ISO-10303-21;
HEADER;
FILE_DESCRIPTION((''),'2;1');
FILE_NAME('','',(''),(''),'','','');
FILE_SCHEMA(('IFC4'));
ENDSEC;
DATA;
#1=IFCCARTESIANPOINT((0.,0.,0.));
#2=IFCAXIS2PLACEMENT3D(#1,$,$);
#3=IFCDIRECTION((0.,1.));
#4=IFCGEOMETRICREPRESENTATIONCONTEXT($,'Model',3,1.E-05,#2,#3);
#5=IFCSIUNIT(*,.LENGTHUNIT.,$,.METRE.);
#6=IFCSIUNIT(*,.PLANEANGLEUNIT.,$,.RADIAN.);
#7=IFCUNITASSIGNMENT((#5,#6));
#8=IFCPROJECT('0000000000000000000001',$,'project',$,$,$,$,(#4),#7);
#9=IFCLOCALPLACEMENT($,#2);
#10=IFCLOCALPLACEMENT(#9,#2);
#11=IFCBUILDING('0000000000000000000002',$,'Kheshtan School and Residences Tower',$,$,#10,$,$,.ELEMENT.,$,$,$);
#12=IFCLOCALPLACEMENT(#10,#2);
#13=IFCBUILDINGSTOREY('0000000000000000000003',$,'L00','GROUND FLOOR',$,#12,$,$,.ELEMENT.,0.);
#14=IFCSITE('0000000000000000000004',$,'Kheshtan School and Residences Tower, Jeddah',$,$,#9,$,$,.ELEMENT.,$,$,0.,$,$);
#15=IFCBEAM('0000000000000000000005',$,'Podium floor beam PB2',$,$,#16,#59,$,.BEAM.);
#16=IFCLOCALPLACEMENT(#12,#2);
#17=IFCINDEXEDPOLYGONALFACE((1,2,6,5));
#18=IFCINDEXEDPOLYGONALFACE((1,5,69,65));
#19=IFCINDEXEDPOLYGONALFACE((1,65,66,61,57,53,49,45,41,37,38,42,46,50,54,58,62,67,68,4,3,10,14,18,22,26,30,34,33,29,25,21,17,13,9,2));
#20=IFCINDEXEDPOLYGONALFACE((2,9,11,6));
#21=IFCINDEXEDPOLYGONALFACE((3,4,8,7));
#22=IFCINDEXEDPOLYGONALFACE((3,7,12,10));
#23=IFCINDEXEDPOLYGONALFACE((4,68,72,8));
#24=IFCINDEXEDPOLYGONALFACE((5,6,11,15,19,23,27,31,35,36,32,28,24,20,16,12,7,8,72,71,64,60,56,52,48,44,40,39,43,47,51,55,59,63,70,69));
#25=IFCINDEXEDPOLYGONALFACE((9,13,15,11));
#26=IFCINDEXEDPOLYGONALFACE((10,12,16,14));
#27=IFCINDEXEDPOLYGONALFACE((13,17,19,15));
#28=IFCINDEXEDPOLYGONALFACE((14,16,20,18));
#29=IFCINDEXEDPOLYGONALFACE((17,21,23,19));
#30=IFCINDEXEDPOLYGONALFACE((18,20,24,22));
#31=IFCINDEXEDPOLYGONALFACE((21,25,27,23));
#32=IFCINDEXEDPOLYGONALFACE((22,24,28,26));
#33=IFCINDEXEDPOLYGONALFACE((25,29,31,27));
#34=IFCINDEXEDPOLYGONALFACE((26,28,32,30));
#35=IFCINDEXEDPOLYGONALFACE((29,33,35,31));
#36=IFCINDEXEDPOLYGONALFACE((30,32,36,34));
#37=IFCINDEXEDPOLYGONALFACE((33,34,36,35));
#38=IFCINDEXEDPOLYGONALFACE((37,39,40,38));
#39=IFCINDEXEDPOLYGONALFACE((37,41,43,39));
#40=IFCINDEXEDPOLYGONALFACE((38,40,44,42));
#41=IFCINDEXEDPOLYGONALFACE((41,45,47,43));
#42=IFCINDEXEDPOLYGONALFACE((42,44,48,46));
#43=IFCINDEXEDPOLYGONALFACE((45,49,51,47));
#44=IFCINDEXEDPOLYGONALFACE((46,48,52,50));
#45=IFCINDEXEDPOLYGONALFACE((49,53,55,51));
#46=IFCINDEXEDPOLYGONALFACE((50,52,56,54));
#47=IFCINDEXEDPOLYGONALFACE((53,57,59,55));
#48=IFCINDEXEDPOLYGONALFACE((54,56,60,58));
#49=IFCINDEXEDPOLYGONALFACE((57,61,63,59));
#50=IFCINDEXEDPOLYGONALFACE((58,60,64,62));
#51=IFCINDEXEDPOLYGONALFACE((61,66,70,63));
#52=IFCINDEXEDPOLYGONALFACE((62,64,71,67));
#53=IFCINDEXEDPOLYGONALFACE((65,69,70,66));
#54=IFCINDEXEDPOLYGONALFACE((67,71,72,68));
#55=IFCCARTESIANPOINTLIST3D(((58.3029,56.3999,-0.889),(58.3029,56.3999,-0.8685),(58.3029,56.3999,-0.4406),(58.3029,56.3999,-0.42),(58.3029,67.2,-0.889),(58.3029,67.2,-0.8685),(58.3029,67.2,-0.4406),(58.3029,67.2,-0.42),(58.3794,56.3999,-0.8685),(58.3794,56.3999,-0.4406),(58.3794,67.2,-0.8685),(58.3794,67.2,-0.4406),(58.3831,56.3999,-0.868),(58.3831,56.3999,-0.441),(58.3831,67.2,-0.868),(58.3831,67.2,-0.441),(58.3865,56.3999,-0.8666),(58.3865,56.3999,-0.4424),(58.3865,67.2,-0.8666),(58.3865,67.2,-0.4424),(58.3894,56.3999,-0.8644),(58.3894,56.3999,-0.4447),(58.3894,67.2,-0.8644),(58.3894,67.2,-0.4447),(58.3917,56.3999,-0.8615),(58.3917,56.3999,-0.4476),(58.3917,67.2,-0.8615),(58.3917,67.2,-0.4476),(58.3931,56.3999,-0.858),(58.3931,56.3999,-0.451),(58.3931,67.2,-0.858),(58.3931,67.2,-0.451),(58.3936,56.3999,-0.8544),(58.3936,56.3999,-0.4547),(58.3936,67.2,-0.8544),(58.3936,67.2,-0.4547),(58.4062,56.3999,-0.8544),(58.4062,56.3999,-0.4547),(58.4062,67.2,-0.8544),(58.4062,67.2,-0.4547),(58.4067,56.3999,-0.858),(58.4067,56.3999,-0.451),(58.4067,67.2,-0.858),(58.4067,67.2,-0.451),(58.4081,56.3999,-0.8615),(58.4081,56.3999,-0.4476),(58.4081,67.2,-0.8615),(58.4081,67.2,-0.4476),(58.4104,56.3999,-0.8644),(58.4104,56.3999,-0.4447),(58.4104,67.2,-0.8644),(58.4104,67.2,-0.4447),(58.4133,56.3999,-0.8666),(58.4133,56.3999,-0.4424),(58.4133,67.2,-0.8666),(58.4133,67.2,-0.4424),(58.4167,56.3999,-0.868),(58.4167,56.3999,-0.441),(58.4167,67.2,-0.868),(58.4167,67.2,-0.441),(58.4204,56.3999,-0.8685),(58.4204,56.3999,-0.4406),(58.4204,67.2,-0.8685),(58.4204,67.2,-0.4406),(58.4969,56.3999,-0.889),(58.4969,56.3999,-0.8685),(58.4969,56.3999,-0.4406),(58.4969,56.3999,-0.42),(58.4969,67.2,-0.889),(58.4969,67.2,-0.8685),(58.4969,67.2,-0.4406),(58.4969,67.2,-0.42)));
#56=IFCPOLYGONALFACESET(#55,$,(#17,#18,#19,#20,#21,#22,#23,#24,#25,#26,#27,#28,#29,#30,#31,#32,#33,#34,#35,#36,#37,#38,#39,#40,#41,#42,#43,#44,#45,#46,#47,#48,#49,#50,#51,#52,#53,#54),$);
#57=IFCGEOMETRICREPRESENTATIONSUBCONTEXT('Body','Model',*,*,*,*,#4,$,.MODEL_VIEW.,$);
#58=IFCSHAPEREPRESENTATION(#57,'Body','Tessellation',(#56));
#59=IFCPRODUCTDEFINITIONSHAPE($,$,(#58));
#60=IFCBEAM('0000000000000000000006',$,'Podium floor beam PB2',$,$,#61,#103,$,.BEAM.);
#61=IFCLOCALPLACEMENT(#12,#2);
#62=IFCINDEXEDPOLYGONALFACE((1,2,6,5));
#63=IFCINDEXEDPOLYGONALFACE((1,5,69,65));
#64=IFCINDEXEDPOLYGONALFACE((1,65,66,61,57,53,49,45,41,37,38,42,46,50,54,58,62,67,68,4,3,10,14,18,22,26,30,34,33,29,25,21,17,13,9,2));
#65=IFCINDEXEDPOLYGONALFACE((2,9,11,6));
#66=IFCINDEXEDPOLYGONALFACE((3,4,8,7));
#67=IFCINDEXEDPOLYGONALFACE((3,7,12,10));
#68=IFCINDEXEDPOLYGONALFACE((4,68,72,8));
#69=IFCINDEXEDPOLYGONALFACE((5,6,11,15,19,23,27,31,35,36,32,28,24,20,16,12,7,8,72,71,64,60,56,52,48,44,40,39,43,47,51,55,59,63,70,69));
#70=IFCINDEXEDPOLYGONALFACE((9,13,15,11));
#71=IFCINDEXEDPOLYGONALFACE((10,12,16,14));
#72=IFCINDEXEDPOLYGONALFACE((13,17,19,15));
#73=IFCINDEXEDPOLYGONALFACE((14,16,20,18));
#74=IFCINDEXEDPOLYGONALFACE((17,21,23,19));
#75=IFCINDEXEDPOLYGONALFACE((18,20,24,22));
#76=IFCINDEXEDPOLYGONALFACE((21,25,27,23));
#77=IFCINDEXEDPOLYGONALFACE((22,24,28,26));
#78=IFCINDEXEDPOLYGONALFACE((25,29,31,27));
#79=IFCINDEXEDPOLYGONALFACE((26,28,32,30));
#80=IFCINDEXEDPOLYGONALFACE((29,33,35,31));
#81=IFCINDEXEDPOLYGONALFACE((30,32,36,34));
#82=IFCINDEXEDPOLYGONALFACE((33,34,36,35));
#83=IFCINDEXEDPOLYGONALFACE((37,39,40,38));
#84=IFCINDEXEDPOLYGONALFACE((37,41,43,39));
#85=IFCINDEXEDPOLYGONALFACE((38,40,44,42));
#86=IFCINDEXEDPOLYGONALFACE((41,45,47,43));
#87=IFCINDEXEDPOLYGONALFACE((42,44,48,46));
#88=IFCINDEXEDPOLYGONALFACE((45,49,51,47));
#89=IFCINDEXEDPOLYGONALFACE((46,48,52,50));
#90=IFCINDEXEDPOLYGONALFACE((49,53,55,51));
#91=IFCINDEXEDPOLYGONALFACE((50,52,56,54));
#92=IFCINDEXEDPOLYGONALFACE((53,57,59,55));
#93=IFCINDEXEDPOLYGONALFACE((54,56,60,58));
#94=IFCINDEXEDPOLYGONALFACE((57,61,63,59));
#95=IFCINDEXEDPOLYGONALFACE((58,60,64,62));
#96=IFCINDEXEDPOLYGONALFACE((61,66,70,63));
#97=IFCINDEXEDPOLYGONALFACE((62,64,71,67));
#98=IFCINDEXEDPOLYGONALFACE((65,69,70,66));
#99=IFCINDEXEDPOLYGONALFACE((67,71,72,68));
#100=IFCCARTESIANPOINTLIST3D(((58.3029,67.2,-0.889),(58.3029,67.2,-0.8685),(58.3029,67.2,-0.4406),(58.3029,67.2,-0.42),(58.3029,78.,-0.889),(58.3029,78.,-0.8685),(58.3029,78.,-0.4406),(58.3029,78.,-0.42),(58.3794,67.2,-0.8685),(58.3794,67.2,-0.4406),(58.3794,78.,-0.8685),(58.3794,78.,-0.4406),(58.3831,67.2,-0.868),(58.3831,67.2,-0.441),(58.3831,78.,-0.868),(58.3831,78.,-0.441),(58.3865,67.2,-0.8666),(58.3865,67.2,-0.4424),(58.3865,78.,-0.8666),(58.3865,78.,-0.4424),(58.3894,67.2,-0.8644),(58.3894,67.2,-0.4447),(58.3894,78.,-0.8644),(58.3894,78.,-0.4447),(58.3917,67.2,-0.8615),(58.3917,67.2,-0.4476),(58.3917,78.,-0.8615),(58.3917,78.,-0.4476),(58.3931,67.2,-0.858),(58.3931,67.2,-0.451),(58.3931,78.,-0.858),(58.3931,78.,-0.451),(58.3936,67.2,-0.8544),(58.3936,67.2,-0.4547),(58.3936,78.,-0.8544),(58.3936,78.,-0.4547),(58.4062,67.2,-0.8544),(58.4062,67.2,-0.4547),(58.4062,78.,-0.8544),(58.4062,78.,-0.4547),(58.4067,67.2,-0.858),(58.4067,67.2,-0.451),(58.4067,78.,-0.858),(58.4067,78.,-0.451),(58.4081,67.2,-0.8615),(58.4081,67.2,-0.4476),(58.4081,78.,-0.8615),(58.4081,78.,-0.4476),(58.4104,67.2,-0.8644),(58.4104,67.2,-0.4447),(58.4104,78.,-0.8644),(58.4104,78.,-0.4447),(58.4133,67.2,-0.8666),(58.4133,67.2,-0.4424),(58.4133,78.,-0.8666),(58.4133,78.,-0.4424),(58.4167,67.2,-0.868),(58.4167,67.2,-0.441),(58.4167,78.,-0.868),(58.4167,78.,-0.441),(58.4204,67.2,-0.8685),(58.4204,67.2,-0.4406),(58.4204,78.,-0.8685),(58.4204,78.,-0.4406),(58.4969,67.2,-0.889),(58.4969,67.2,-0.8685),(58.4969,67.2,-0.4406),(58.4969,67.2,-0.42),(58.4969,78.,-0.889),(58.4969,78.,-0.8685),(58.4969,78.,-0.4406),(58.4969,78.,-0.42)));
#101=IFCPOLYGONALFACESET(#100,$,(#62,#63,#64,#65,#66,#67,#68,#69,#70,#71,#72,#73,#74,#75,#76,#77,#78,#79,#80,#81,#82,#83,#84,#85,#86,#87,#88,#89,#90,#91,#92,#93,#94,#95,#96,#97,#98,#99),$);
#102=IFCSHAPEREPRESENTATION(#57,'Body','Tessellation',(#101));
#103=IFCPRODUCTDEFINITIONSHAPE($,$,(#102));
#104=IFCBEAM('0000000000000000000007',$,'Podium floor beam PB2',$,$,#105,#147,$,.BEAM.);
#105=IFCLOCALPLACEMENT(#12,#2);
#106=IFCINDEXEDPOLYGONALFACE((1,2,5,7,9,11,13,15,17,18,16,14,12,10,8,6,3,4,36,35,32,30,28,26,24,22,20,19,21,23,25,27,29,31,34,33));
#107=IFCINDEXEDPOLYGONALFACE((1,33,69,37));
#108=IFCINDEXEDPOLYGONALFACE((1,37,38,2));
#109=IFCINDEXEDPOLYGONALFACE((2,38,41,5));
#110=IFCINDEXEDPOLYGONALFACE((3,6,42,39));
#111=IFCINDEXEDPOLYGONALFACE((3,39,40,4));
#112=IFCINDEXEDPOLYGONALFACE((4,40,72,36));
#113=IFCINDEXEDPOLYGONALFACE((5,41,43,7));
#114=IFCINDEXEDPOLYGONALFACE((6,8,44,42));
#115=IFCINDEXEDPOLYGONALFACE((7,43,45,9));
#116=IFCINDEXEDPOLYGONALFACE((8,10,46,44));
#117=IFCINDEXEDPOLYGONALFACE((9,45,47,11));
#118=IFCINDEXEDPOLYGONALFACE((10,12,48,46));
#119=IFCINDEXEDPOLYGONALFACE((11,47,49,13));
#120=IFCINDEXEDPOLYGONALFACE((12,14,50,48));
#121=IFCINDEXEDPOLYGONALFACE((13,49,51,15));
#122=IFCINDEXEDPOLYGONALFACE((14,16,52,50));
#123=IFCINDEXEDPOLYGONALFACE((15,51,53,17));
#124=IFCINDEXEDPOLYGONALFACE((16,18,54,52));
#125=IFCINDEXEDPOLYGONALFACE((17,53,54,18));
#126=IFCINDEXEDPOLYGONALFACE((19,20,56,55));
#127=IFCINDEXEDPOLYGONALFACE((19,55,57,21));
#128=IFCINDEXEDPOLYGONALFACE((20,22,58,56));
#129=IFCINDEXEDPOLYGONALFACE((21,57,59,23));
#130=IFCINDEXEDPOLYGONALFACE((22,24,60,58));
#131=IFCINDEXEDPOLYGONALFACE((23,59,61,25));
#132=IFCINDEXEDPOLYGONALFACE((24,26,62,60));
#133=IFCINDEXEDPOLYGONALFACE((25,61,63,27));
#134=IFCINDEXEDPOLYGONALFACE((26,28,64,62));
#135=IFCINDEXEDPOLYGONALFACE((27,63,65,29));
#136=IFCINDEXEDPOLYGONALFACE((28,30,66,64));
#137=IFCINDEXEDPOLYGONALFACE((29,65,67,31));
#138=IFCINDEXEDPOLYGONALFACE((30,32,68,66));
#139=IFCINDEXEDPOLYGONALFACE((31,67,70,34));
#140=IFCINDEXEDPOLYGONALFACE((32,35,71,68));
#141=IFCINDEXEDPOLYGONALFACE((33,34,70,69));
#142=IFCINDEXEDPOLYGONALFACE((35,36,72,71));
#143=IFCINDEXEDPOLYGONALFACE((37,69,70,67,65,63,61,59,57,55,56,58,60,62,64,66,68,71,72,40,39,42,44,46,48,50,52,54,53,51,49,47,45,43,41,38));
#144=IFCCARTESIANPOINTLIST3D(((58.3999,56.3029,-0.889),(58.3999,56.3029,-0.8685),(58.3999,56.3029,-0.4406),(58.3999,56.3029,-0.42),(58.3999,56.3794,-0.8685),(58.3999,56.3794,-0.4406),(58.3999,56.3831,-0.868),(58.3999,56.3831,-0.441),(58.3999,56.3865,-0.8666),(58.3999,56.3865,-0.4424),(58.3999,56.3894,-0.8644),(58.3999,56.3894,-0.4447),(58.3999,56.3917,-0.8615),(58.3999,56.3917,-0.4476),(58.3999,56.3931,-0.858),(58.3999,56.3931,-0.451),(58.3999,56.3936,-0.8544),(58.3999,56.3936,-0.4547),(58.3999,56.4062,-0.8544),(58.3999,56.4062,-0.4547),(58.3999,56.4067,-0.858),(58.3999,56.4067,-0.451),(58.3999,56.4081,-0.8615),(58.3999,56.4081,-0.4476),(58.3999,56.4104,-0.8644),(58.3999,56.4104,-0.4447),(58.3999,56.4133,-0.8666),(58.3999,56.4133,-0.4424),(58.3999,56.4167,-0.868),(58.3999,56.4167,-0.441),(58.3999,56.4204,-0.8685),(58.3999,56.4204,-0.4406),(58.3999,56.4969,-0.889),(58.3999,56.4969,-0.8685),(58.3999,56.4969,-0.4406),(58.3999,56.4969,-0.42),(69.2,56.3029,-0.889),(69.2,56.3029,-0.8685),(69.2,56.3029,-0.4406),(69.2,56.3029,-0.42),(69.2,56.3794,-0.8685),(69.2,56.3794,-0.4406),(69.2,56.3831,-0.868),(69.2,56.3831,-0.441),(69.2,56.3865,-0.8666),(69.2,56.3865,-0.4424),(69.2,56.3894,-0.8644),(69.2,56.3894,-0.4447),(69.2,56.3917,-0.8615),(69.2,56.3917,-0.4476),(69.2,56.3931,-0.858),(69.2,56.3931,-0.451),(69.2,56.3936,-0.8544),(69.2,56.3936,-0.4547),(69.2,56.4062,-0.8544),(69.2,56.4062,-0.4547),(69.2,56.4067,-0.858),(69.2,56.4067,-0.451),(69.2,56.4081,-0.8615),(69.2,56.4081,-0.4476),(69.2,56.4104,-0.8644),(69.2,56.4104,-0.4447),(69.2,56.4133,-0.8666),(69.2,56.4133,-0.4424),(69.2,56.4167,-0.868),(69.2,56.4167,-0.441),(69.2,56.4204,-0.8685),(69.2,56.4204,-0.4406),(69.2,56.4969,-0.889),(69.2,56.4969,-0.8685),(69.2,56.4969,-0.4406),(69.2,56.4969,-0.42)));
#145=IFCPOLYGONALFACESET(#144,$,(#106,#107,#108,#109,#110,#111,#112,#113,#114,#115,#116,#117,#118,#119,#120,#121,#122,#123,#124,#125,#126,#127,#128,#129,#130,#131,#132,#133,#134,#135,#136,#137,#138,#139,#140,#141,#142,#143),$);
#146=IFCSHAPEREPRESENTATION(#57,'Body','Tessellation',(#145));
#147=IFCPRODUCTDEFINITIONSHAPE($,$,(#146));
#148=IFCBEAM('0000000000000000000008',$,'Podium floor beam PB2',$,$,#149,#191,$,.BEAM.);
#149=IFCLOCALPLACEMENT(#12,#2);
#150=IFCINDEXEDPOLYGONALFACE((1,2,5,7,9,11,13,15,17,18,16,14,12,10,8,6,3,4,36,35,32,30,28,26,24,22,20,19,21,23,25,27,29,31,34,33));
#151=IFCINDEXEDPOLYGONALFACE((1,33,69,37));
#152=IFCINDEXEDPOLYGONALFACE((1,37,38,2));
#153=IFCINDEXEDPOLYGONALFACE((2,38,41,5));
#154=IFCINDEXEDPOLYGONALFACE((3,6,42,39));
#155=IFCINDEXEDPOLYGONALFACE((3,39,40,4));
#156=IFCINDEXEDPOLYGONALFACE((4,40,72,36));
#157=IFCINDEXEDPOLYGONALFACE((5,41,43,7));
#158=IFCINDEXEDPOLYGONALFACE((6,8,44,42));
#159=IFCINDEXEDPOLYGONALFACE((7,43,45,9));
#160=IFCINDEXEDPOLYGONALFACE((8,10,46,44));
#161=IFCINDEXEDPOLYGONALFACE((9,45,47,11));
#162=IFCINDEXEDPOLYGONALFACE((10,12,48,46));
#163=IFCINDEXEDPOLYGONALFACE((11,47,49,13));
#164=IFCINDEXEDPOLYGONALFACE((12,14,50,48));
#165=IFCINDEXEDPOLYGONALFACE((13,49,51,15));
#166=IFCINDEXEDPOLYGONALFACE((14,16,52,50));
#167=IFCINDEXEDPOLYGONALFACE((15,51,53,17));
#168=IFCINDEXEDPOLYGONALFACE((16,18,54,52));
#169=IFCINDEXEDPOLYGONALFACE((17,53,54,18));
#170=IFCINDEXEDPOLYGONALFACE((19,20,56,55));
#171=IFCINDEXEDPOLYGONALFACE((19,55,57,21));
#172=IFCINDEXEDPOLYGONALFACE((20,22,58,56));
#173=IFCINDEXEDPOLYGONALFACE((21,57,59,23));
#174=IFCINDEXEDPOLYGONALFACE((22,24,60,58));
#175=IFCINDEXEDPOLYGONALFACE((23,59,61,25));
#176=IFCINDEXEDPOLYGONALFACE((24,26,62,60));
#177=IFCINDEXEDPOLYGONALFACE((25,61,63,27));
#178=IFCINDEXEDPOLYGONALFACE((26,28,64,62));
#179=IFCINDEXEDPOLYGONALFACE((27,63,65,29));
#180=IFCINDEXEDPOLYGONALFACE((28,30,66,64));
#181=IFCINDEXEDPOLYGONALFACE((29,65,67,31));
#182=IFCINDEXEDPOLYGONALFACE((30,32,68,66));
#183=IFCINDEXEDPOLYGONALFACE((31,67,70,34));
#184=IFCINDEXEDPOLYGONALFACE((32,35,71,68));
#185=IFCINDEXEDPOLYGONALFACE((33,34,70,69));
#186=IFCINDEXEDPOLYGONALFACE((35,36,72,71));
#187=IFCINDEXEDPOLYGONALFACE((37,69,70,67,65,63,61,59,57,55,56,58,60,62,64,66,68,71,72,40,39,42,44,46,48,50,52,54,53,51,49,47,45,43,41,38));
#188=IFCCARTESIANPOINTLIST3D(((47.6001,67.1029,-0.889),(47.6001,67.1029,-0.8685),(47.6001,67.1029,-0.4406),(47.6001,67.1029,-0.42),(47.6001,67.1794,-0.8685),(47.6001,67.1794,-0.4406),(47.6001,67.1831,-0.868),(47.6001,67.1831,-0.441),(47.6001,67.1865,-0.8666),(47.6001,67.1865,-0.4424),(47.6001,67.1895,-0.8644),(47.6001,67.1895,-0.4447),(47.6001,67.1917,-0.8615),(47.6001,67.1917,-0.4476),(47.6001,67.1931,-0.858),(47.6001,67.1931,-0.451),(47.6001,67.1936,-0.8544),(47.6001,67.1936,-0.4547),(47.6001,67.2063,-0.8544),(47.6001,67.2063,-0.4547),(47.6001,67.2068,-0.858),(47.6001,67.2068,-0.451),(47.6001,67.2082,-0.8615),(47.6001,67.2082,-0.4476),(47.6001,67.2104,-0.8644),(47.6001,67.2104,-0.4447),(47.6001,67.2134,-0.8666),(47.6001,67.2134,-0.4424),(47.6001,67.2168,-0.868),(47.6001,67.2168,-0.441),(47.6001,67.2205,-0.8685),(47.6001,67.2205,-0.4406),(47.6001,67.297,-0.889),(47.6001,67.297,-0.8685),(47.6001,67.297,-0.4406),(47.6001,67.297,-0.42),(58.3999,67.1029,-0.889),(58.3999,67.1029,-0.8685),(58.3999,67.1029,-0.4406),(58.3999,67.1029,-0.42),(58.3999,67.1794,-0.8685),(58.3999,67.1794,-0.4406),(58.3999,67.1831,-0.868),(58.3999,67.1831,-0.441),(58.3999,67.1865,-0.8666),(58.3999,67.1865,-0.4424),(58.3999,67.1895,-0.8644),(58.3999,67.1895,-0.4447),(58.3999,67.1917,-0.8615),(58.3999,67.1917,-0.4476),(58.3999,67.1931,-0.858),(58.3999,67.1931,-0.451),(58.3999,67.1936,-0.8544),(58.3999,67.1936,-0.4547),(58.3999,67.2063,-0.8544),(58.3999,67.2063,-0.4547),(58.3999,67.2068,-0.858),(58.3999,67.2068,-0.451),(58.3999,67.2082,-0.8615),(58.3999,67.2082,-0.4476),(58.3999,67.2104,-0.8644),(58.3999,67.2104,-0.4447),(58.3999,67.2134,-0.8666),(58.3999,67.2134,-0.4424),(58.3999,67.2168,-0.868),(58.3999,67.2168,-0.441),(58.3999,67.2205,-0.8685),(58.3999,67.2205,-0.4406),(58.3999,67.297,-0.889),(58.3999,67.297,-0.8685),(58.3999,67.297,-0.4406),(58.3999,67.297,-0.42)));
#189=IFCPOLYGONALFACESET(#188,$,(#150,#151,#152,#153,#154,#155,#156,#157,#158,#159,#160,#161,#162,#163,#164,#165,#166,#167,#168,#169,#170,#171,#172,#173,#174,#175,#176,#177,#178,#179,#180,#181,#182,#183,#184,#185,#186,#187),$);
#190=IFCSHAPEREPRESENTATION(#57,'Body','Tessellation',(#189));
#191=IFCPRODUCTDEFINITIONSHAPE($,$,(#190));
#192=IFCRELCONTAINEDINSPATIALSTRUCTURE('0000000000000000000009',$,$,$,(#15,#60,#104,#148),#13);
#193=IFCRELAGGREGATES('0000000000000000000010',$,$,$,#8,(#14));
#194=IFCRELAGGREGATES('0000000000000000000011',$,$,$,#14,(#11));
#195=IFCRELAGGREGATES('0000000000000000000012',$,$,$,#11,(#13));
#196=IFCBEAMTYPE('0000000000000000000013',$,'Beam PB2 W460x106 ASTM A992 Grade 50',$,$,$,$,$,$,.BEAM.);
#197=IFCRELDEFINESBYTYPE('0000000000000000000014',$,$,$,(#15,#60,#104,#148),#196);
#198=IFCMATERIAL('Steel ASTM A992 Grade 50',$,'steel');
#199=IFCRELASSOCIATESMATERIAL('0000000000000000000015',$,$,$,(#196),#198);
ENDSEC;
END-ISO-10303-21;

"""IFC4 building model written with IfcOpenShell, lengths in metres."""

from ifc_helpers import new_model, si_unit, direction, frame, origin, origin_2d, place, context, subcontext, project, spatial, i_section, extrude, material, material_profile, profile_set, type_object, element, save


model = new_model("IFC4")

# Units and contexts
model_context = context("Model", 3, precision=1e-05, world=origin(), true_north=direction((0.0, 1.0)))
body_context = subcontext(model_context, "Body", "Model", "MODEL_VIEW")
ifc_project = project(units=[si_unit("LENGTHUNIT", "METRE"), si_unit("PLANEANGLEUNIT", "RADIAN")], contexts=[model_context])

# Site, building, storey
site_placement = place(None, origin())
site = spatial("IfcSite", under=ifc_project, at=site_placement, Name="Kheshtan School and Residences Tower, Jeddah", CompositionType="ELEMENT", RefElevation=0.0)
building_placement = place(site_placement, origin())
building = spatial("IfcBuilding", under=site, at=building_placement, Name="Kheshtan School and Residences Tower", CompositionType="ELEMENT")
storey_placement = place(building_placement, origin())
storey = spatial("IfcBuildingStorey", under=building, at=storey_placement, Name="L00", Description="GROUND FLOOR", CompositionType="ELEMENT", Elevation=0.0)

# Shared definitions
ifc_material_1 = material(Name="Steel ASTM A992 Grade 50", Category="steel")

# Beams
ifc_material_profile_1 = material_profile(ifc_material_1, i_section(OverallWidth=0.1941, OverallDepth=0.469, WebThickness=0.0127, FlangeThickness=0.0205, FilletRadius=0.0142, at=origin_2d()), Name="W460x106")
ifc_profile_set_1 = profile_set([ifc_material_profile_1], Name="Steel ASTM A992 Grade 50")
beam_type = type_object("IfcBeamType", Name="Beam PB2 W460x106 ASTM A992 Grade 50", PredefinedType="BEAM", material=ifc_profile_set_1)
for number, where, z_axis, x_axis, name in (
    (1, (58.3999, 56.3999, -0.6545), (0.0, 1.0, 0.0), (-1.0, 0.0, 0.0), "Podium floor beam PB2"),
    (2, (58.3999, 67.2, -0.6545), (0.0, 1.0, 0.0), (-1.0, 0.0, 0.0), "Podium floor beam PB2"),
    (3, (58.3999, 56.3999, -0.6545), (1.0, 0.0, 0.0), (0.0, 1.0, 0.0), "Podium floor beam PB2"),
):
    element("IfcBeam", number, at=place(storey_placement, frame(where, z_axis=z_axis, x_axis=x_axis)), inside=storey, type_object=beam_type, Name=name, PredefinedType="BEAM", context=body_context, shape_type="SweptSolid", body=[
        extrude(i_section(OverallWidth=0.1941, OverallDepth=0.469, WebThickness=0.0127, FlangeThickness=0.0205, FilletRadius=0.0142, at=origin_2d()), origin(), (0.0, 0.0, 1.0), 10.8),
    ])
beam_1_placement = place(storey_placement, frame((47.6001, 67.2, -0.6545), z_axis=(1.0, 0.0, 0.0), x_axis=(0.0, 1.0, 0.0)))
element("IfcBeam", 4, at=beam_1_placement, inside=storey, type_object=beam_type, Name="Podium floor beam PB2", PredefinedType="BEAM", context=body_context, shape_type="SweptSolid", body=[
    extrude(i_section(OverallWidth=0.1941, OverallDepth=0.469, WebThickness=0.0127, FlangeThickness=0.0205, FilletRadius=0.0142, at=origin_2d()), origin(), (0.0, 0.0, 1.0), 10.7998),
])

save(model, "model.ifc")
